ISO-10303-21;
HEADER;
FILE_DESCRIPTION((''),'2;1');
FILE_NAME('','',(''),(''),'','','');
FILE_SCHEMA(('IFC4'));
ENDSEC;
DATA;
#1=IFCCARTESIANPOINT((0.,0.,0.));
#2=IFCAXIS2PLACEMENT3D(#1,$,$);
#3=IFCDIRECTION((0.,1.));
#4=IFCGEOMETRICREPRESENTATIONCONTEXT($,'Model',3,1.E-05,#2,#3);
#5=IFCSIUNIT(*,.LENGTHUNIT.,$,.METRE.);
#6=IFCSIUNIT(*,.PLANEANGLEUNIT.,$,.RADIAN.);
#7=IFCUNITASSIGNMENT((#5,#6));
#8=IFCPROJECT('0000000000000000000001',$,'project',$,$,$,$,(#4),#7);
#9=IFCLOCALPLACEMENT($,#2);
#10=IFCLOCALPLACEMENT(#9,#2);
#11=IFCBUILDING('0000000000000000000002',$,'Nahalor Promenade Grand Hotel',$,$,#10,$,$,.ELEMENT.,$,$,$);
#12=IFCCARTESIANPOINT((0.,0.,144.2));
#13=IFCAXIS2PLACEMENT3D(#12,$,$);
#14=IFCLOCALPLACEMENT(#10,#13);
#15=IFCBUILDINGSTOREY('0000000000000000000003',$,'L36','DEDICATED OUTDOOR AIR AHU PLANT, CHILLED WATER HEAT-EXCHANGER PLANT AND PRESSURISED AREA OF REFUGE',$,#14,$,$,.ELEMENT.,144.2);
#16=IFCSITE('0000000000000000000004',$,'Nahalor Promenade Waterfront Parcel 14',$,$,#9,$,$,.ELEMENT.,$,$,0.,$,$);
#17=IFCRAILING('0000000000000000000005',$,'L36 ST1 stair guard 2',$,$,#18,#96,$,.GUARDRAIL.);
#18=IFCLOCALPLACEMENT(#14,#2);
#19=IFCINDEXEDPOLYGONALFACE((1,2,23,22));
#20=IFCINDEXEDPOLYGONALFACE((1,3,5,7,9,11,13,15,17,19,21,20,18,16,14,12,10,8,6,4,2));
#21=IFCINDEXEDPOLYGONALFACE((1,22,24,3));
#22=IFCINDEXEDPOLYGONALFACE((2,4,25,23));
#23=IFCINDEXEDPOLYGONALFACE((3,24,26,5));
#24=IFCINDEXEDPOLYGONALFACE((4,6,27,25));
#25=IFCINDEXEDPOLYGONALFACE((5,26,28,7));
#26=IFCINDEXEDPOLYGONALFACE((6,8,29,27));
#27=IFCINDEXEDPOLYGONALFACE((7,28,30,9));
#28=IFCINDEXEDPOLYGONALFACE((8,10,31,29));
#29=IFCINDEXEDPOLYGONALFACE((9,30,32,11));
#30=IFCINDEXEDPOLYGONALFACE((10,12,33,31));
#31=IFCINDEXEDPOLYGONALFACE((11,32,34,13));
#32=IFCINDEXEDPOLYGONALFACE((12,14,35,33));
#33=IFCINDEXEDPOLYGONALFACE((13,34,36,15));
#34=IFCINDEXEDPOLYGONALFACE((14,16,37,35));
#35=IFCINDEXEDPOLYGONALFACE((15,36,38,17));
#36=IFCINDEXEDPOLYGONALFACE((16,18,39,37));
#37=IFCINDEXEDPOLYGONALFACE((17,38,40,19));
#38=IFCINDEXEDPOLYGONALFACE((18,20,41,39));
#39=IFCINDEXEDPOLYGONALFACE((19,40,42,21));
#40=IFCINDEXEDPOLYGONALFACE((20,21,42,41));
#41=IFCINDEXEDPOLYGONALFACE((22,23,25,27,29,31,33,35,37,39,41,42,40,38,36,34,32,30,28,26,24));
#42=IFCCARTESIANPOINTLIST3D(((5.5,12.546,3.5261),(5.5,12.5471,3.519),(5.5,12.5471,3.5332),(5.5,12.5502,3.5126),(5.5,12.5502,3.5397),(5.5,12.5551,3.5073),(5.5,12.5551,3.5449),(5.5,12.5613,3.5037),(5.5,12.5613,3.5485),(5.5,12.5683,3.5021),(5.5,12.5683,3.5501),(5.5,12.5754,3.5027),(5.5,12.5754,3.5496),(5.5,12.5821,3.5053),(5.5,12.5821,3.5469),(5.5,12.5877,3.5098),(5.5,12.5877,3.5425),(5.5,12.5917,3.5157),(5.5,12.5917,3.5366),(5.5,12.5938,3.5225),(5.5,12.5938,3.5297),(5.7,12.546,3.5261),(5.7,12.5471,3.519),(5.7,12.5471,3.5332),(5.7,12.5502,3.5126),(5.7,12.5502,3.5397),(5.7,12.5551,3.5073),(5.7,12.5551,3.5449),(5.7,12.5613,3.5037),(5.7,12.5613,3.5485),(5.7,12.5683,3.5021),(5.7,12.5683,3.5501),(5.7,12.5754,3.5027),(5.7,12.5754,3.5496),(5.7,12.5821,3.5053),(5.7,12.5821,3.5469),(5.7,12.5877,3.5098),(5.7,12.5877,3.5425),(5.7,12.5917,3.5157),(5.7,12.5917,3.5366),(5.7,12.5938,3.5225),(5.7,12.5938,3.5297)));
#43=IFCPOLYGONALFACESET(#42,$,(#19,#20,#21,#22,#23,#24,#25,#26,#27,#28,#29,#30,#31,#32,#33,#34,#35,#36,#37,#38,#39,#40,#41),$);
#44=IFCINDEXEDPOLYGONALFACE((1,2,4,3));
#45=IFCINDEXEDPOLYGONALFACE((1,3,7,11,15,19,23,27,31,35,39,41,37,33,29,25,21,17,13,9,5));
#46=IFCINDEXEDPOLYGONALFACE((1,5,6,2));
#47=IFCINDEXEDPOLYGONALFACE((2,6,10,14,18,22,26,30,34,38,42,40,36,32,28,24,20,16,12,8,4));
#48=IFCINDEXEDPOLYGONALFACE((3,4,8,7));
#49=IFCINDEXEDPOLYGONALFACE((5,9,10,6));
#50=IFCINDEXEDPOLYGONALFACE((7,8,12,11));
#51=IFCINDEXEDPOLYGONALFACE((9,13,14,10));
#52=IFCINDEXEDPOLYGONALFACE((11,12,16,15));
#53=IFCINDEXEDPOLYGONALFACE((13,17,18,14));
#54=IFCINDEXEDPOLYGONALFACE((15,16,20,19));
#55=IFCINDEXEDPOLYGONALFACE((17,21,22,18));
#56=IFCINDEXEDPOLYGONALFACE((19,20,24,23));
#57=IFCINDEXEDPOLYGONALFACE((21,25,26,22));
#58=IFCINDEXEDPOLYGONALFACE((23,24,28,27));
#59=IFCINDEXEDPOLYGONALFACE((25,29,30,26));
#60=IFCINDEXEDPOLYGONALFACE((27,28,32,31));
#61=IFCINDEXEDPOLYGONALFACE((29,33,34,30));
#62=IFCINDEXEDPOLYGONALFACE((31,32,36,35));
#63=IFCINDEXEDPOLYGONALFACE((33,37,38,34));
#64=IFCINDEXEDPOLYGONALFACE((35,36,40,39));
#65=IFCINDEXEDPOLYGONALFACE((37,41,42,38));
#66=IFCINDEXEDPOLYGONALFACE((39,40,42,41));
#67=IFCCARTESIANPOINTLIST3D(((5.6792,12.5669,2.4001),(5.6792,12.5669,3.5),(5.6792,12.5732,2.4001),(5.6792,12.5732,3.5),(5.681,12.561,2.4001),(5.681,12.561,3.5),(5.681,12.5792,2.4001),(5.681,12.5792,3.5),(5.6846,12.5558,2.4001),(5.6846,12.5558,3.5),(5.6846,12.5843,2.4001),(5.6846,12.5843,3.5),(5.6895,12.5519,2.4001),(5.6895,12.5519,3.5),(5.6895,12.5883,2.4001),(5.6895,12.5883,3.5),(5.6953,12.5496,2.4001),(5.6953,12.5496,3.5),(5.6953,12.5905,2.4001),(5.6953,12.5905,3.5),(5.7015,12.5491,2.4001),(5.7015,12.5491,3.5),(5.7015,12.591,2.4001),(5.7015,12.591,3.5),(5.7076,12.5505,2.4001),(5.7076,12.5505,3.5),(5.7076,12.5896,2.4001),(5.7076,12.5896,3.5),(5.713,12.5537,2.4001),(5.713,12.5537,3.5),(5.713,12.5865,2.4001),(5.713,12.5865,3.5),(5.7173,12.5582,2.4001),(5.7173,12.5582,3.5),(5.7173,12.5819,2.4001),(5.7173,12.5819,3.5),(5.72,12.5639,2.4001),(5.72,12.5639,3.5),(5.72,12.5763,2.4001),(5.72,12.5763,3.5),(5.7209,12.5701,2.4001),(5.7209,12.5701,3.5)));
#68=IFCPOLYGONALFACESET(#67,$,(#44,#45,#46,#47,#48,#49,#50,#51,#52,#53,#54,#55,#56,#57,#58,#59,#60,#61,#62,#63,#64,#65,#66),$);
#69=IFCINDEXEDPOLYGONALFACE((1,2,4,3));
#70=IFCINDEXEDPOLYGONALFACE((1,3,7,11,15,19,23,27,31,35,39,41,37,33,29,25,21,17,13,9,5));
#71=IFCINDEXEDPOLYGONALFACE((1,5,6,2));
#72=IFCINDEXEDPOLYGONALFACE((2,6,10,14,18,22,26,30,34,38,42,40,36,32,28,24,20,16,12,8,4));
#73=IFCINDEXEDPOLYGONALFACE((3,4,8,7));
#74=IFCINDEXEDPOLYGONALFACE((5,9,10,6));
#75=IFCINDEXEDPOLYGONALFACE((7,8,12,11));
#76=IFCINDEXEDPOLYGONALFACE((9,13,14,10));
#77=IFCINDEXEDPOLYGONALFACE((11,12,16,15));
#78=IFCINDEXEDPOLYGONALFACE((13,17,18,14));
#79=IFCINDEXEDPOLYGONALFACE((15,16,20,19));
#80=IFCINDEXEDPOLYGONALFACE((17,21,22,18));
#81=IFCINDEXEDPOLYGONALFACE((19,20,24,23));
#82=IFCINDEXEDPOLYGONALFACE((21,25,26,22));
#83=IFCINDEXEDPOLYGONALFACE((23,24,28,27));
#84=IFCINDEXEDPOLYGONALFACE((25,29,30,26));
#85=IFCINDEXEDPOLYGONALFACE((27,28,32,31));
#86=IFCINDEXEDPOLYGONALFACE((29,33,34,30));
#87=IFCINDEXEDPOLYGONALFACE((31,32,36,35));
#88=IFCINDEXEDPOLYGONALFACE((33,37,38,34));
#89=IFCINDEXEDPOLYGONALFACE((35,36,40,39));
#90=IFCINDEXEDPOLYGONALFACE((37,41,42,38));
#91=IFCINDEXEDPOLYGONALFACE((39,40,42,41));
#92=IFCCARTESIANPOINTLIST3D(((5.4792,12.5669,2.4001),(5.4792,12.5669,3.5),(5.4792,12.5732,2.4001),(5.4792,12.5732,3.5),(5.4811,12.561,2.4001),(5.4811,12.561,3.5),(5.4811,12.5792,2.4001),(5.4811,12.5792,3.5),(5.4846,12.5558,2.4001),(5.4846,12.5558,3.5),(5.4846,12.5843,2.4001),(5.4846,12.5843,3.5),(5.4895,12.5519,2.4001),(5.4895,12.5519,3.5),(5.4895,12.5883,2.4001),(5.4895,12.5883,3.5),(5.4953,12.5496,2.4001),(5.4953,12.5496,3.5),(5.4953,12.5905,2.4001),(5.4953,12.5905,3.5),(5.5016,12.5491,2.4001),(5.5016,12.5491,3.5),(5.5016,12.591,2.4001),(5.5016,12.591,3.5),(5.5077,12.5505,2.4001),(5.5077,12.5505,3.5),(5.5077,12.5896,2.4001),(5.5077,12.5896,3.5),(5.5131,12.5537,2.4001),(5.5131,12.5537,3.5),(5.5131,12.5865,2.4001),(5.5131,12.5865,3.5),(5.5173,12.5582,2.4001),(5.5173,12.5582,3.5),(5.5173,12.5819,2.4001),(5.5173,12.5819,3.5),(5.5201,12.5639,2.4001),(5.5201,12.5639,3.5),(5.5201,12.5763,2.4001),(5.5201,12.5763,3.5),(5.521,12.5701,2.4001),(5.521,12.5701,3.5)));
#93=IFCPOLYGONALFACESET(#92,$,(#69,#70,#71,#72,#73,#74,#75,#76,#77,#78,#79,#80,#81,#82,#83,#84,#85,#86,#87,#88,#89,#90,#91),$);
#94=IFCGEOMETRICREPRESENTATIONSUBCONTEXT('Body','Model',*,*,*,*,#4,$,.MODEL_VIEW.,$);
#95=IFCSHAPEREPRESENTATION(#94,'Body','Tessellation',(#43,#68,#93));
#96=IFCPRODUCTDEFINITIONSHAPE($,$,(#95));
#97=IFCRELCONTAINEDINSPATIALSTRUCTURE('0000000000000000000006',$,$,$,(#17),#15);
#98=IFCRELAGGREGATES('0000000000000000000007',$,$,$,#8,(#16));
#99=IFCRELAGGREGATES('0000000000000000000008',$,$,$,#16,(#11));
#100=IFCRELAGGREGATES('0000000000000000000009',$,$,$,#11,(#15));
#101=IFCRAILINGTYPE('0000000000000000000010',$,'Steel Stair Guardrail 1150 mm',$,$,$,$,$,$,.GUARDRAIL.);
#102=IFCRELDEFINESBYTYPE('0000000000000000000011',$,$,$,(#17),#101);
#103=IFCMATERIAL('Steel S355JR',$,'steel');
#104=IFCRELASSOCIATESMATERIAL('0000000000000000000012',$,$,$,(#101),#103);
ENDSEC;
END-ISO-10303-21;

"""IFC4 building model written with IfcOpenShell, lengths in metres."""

from ifc_helpers import new_model, si_unit, direction, frame, origin, origin_2d, place, context, subcontext, project, spatial, circle, extrude, material, type_object, element, save


model = new_model("IFC4")

# Units and contexts
model_context = context("Model", 3, precision=1e-05, world=origin(), true_north=direction((0.0, 1.0)))
body_context = subcontext(model_context, "Body", "Model", "MODEL_VIEW")
ifc_project = project(units=[si_unit("LENGTHUNIT", "METRE"), si_unit("PLANEANGLEUNIT", "RADIAN")], contexts=[model_context])

# Site, building, storey
site_placement = place(None, origin())
site = spatial("IfcSite", under=ifc_project, at=site_placement, Name="Nahalor Promenade Waterfront Parcel 14", CompositionType="ELEMENT", RefElevation=0.0)
building_placement = place(site_placement, origin())
building = spatial("IfcBuilding", under=site, at=building_placement, Name="Nahalor Promenade Grand Hotel", CompositionType="ELEMENT")
storey_placement = place(building_placement, frame((0.0, 0.0, 144.2)))
storey = spatial("IfcBuildingStorey", under=building, at=storey_placement, Name="L36", Description="DEDICATED OUTDOOR AIR AHU PLANT, CHILLED WATER HEAT-EXCHANGER PLANT AND PRESSURISED AREA OF REFUGE", CompositionType="ELEMENT", Elevation=144.2)

# Shared definitions
ifc_material_1 = material(Name="Steel S355JR", Category="steel")

# Railing
railing_type_1 = type_object("IfcRailingType", Name="Steel Stair Guardrail 1150 mm", PredefinedType="GUARDRAIL", material=ifc_material_1)
railing_1_placement = place(storey_placement, frame((5.7, 12.5701, 2.4001)))
element("IfcRailing", 1, at=railing_1_placement, inside=storey, type_object=railing_type_1, Name="L36 ST1 stair guard 2", PredefinedType="GUARDRAIL", context=body_context, shape_type="SweptSolid", body=[
    extrude(circle(Radius=0.024, at=origin_2d()), frame((0.0, 0.0, 1.126), z_axis=(-1.0, 0.0, 0.0), x_axis=(0.0, -1.0, 0.0)), (0.0, 0.0, 1.0), 0.2),
    extrude(circle(Radius=0.021, at=origin_2d()), origin(), (0.0, 0.0, 1.0), 1.0999),
    extrude(circle(Radius=0.021, at=origin_2d()), frame((-0.2, 0.0, 0.0)), (0.0, 0.0, 1.0), 1.0999),
])

save(model, "model.ifc")
